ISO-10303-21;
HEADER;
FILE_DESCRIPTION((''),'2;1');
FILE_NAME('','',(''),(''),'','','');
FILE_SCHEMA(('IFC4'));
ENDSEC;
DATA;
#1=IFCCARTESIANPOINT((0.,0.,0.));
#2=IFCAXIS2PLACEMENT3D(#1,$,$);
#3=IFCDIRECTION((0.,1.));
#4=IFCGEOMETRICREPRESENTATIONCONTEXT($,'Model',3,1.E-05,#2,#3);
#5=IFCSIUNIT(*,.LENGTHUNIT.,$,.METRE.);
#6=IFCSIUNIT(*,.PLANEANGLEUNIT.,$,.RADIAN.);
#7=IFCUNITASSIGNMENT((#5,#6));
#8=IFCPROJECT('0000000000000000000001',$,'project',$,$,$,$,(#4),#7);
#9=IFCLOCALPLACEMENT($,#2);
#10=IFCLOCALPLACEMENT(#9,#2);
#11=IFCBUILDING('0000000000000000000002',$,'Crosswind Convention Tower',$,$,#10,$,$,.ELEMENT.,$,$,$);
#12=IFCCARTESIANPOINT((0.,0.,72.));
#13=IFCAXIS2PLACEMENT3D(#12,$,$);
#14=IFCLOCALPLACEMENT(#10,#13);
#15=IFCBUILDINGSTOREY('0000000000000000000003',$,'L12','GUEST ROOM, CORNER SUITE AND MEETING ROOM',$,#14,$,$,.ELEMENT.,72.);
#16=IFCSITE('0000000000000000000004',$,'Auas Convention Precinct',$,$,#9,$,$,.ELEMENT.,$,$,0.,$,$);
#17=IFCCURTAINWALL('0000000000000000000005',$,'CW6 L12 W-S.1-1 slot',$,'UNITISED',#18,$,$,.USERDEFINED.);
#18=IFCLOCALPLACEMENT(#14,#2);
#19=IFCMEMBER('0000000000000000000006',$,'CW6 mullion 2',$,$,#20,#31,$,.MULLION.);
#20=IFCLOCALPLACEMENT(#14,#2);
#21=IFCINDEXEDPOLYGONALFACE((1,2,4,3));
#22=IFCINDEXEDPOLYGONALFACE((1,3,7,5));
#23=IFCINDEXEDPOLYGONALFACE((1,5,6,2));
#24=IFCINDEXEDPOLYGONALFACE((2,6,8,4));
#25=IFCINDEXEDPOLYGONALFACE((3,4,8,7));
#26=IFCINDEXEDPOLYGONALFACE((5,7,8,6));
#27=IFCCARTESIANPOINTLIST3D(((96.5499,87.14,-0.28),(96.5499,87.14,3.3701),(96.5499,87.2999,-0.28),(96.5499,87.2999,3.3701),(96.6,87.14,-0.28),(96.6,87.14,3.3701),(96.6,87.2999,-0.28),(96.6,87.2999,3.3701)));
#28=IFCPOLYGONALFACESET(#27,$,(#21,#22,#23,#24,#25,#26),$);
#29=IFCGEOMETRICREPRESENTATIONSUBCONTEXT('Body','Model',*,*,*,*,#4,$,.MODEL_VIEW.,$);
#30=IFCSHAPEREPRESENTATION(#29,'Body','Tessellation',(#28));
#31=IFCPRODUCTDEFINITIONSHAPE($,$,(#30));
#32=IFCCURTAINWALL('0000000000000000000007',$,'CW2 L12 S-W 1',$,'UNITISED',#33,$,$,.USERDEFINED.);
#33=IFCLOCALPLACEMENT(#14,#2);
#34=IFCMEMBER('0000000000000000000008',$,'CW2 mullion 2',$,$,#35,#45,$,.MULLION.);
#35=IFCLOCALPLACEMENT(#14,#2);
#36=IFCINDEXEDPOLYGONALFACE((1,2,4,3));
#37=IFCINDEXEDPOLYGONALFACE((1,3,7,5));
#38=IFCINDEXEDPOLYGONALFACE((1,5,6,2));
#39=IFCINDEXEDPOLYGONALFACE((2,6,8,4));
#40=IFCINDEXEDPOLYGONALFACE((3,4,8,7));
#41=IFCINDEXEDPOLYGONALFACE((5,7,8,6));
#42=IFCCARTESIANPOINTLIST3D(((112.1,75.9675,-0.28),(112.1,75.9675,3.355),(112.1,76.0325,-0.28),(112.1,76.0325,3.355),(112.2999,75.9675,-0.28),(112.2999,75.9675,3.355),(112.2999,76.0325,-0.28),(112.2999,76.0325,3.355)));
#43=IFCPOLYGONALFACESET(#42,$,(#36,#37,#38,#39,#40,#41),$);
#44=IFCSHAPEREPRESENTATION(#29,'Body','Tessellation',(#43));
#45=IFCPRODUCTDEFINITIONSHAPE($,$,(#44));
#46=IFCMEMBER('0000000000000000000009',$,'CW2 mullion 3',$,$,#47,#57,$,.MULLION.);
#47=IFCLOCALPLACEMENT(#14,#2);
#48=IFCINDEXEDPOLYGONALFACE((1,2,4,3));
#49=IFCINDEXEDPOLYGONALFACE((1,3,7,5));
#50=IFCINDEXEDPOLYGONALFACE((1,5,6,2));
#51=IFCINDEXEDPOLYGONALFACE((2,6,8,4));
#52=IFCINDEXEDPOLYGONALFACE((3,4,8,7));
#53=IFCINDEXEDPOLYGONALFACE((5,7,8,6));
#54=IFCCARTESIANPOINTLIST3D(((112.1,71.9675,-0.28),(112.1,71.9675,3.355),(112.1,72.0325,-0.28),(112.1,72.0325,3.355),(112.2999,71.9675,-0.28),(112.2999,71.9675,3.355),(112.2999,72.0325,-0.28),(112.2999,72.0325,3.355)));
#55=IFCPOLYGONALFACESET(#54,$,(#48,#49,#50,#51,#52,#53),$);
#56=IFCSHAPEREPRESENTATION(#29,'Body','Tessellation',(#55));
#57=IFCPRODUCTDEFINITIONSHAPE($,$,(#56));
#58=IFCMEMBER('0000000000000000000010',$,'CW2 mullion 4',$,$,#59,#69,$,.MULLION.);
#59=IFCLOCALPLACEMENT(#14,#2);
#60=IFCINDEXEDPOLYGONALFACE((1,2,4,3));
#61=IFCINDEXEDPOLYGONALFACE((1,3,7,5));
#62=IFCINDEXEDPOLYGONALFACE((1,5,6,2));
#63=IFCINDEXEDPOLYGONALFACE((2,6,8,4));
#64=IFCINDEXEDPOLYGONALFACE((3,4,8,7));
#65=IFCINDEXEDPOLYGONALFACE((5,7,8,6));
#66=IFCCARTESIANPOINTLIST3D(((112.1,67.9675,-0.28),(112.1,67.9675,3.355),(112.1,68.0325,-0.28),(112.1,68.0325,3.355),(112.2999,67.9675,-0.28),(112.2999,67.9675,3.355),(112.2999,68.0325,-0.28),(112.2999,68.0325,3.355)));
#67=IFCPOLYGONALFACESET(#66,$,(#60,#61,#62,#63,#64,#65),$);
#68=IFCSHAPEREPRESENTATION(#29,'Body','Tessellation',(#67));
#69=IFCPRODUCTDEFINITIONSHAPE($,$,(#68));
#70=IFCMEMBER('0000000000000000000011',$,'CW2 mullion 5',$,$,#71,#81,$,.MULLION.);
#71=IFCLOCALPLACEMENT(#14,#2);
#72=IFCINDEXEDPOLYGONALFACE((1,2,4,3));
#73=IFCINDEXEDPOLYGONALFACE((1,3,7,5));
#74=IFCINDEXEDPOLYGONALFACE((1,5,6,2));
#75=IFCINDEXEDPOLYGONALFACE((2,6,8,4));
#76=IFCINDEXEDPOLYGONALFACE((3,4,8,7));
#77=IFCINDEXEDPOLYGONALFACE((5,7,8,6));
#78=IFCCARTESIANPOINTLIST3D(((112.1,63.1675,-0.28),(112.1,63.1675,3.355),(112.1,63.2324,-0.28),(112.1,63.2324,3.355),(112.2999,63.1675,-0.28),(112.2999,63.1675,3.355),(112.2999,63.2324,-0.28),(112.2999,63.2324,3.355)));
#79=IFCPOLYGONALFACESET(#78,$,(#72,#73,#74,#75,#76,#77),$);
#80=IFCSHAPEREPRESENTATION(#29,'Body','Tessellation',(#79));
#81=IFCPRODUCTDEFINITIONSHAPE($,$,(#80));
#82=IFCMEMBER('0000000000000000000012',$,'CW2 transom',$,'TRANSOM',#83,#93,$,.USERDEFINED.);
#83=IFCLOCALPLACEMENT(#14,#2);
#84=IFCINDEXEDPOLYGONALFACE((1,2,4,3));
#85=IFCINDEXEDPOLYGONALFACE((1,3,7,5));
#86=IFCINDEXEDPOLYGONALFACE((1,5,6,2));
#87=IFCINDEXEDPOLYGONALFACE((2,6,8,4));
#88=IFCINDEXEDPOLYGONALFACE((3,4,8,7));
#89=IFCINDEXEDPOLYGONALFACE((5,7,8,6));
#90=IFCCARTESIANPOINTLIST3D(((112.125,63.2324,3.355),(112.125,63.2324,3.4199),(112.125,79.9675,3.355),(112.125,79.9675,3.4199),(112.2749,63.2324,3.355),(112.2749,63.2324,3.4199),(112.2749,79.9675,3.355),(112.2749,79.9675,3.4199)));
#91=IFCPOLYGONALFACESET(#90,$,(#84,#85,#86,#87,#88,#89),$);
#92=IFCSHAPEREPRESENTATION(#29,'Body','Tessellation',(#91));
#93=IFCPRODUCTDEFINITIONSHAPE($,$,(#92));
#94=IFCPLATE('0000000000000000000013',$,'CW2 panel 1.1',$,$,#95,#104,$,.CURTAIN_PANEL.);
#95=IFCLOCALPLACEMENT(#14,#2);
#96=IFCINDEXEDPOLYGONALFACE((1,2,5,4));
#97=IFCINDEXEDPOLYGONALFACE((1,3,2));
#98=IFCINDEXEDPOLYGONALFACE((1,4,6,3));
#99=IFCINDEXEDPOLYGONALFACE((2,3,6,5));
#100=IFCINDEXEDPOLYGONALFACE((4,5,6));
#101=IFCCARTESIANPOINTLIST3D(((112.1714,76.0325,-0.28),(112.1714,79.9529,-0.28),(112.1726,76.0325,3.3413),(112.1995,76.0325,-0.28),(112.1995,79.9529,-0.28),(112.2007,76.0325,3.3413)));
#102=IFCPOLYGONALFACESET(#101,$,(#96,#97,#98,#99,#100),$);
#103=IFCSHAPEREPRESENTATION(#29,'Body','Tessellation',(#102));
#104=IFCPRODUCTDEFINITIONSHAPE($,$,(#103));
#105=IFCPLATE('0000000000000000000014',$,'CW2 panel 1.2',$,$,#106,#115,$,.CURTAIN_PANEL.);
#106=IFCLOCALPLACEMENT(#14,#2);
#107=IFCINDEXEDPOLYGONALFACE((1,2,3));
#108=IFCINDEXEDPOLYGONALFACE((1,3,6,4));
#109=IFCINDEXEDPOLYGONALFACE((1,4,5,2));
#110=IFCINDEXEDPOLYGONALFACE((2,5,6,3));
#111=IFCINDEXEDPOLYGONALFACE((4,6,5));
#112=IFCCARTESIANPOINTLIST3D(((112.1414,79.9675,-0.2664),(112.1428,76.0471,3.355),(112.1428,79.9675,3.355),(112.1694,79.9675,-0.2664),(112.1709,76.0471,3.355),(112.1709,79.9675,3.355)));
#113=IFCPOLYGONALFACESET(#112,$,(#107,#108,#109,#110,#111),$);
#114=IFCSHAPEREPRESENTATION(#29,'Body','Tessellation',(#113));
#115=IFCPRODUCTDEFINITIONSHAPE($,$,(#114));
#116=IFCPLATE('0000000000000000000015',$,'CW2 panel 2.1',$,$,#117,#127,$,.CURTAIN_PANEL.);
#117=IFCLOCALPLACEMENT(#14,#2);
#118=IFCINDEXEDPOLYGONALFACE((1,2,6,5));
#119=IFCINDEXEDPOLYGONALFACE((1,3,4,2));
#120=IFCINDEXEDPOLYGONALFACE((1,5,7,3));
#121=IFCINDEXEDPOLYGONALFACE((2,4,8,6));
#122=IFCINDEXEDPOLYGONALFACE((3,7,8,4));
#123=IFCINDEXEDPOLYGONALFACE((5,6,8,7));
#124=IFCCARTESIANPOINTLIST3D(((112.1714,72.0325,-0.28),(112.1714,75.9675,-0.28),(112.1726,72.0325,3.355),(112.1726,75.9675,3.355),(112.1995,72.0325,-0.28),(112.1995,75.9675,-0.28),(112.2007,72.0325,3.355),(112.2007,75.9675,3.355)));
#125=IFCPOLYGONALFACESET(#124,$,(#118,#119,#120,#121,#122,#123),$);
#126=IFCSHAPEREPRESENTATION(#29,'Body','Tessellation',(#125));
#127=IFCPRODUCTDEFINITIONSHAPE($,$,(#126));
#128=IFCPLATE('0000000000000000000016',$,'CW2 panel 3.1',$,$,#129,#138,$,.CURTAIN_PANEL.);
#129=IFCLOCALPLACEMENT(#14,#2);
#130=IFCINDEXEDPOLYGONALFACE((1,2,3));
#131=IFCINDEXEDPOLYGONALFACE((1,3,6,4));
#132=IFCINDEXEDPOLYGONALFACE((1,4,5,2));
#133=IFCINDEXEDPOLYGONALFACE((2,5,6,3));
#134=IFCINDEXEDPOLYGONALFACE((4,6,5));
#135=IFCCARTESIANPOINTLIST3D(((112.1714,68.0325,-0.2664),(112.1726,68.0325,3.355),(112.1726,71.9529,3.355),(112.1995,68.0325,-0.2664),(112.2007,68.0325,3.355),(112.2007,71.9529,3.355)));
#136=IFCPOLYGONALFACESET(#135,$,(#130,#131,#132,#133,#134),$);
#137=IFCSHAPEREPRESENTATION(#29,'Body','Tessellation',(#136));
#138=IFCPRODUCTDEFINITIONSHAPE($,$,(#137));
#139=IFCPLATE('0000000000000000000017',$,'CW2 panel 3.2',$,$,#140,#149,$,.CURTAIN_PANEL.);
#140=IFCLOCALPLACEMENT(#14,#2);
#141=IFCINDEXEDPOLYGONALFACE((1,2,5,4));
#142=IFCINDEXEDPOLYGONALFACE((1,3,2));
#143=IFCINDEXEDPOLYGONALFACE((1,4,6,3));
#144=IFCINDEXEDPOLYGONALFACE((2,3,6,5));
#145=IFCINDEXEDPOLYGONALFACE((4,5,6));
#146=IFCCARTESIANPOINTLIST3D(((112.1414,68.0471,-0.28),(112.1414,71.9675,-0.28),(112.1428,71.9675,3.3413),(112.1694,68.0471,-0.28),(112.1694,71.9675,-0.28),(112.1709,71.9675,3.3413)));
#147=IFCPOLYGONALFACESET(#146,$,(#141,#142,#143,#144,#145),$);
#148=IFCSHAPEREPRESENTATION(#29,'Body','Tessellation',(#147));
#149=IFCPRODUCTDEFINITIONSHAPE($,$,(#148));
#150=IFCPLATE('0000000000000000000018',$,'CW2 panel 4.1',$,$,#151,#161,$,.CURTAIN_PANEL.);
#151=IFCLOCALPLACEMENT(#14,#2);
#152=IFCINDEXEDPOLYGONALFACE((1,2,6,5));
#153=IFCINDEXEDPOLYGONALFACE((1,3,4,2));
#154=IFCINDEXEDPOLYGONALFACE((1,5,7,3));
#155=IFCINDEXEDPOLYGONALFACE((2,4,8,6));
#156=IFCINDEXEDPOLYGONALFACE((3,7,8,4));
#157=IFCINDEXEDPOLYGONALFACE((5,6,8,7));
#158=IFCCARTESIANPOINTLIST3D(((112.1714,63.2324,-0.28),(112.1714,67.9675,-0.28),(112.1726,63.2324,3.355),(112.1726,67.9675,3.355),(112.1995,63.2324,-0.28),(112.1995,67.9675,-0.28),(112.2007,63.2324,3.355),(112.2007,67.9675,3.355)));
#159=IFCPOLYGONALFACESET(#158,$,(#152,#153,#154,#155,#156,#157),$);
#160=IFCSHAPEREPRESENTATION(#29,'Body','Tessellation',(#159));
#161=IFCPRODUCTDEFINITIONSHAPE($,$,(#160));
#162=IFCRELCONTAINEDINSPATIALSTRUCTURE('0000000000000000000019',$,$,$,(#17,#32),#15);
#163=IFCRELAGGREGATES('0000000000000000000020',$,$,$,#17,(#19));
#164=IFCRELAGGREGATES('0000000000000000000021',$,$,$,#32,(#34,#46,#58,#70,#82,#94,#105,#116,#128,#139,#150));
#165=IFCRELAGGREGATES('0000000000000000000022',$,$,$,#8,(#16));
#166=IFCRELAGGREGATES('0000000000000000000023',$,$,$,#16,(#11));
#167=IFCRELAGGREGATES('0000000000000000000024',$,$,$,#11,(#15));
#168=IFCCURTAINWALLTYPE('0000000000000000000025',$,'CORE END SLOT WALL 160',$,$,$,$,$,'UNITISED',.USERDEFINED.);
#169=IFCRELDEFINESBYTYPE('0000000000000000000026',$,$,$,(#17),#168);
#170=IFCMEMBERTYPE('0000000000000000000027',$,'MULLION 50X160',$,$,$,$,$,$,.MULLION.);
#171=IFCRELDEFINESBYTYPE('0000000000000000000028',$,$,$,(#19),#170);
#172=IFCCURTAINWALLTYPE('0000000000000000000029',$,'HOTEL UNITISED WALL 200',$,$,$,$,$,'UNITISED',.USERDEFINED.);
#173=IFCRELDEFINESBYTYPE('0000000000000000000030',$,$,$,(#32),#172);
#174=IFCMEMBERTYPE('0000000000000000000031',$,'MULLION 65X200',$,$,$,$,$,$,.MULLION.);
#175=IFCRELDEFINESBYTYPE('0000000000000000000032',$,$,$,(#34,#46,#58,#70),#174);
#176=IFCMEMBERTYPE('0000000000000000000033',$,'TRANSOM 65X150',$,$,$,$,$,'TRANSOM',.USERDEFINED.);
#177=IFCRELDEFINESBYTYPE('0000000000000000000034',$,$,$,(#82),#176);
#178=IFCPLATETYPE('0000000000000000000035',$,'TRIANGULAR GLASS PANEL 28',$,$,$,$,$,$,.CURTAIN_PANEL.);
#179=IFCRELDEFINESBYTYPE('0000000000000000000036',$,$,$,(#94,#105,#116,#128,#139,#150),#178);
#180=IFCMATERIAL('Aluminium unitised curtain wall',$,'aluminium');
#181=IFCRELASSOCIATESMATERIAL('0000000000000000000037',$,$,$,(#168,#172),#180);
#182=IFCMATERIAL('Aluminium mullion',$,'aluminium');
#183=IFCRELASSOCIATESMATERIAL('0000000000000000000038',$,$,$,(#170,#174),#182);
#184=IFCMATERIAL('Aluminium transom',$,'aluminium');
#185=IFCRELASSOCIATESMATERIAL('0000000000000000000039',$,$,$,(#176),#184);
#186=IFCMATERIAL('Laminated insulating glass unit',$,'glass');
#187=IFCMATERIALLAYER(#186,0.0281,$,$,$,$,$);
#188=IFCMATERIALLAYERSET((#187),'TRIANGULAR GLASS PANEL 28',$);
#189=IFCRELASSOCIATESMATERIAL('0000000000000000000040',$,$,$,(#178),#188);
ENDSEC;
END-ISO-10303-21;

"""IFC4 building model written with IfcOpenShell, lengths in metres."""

from ifc_helpers import new_model, si_unit, direction, frame, origin, origin_2d, place, context, subcontext, project, spatial, polyline, rectangle, outline, extrude, material, layer, layer_set, material_profile, profile_set, type_object, element, aggregate, save


model = new_model("IFC4")

# Units and contexts
model_context = context("Model", 3, precision=1e-05, world=origin(), true_north=direction((0.0, 1.0)))
body_context = subcontext(model_context, "Body", "Model", "MODEL_VIEW")
ifc_project = project(units=[si_unit("LENGTHUNIT", "METRE"), si_unit("PLANEANGLEUNIT", "RADIAN")], contexts=[model_context])

# Site, building, storey
site_placement = place(None, origin())
site = spatial("IfcSite", under=ifc_project, at=site_placement, Name="Auas Convention Precinct", CompositionType="ELEMENT", RefElevation=0.0)
building_placement = place(site_placement, origin())
building = spatial("IfcBuilding", under=site, at=building_placement, Name="Crosswind Convention Tower", CompositionType="ELEMENT")
storey_placement = place(building_placement, frame((0.0, 0.0, 72.0)))
storey = spatial("IfcBuildingStorey", under=building, at=storey_placement, Name="L12", Description="GUEST ROOM, CORNER SUITE AND MEETING ROOM", CompositionType="ELEMENT", Elevation=72.0)

# Curtain wall, member
ifc_material_1 = material(Name="Aluminium unitised curtain wall", Category="aluminium")
curtain_wall_type_1 = type_object("IfcCurtainWallType", Name="CORE END SLOT WALL 160", ElementType="UNITISED", PredefinedType="USERDEFINED", material=ifc_material_1)
curtain_wall_1_placement = place(storey_placement, origin())
curtain_wall_1 = element("IfcCurtainWall", 1, at=curtain_wall_1_placement, inside=storey, type_object=curtain_wall_type_1, Name="CW6 L12 W-S.1-1 slot", ObjectType="UNITISED", PredefinedType="USERDEFINED")
ifc_material_2 = material(Name="Aluminium mullion", Category="aluminium")
ifc_material_profile_1 = material_profile(ifc_material_2, rectangle(XDim=0.1599, YDim=0.05, at=origin_2d()), Name="AL 160X50")
ifc_profile_set_1 = profile_set([ifc_material_profile_1], Name="Aluminium mullion")
member_type_1 = type_object("IfcMemberType", Name="MULLION 50X160", PredefinedType="MULLION", material=ifc_profile_set_1)
member_1_placement = place(storey_placement, frame((96.575, 87.22, -0.28), z_axis=(0.0, 0.0, 1.0), x_axis=(0.0, -1.0, 0.0)))
member_1 = element("IfcMember", 2, at=member_1_placement, type_object=member_type_1, Name="CW6 mullion 2", PredefinedType="MULLION", context=body_context, shape_type="SweptSolid", body=[
    extrude(rectangle(XDim=0.1599, YDim=0.05, at=origin_2d()), origin(), (0.0, 0.0, 1.0), 3.6501),
])
aggregate(curtain_wall_1, [member_1])

# Curtain wall, members, plates
curtain_wall_type_2 = type_object("IfcCurtainWallType", Name="HOTEL UNITISED WALL 200", ElementType="UNITISED", PredefinedType="USERDEFINED", material=ifc_material_1)
curtain_wall_2_placement = place(storey_placement, origin())
curtain_wall_2 = element("IfcCurtainWall", 3, at=curtain_wall_2_placement, inside=storey, type_object=curtain_wall_type_2, Name="CW2 L12 S-W 1", ObjectType="UNITISED", PredefinedType="USERDEFINED")
ifc_material_profile_2 = material_profile(ifc_material_2, rectangle(XDim=0.2, YDim=0.0649, at=origin_2d()), Name="AL 200X65")
ifc_profile_set_2 = profile_set([ifc_material_profile_2], Name="Aluminium mullion")
member_type_2 = type_object("IfcMemberType", Name="MULLION 65X200", PredefinedType="MULLION", material=ifc_profile_set_2)
member_2_placement = place(storey_placement, frame((112.2, 76.0, -0.28), z_axis=(0.0, 0.0, 1.0), x_axis=(-1.0, 0.0, 0.0)))
member_2 = element("IfcMember", 4, at=member_2_placement, type_object=member_type_2, Name="CW2 mullion 2", PredefinedType="MULLION", context=body_context, shape_type="SweptSolid", body=[
    extrude(rectangle(XDim=0.2, YDim=0.0649, at=origin_2d()), origin(), (0.0, 0.0, 1.0), 3.635),
])
member_3_placement = place(storey_placement, frame((112.2, 72.0, -0.28), z_axis=(0.0, 0.0, 1.0), x_axis=(-1.0, 0.0, 0.0)))
member_3 = element("IfcMember", 5, at=member_3_placement, type_object=member_type_2, Name="CW2 mullion 3", PredefinedType="MULLION", context=body_context, shape_type="SweptSolid", body=[
    extrude(rectangle(XDim=0.2, YDim=0.0649, at=origin_2d()), origin(), (0.0, 0.0, 1.0), 3.635),
])
member_4_placement = place(storey_placement, frame((112.2, 68.0, -0.28), z_axis=(0.0, 0.0, 1.0), x_axis=(-1.0, 0.0, 0.0)))
member_4 = element("IfcMember", 6, at=member_4_placement, type_object=member_type_2, Name="CW2 mullion 4", PredefinedType="MULLION", context=body_context, shape_type="SweptSolid", body=[
    extrude(rectangle(XDim=0.2, YDim=0.0649, at=origin_2d()), origin(), (0.0, 0.0, 1.0), 3.635),
])
member_5_placement = place(storey_placement, frame((112.2, 63.2, -0.28), z_axis=(0.0, 0.0, 1.0), x_axis=(-1.0, 0.0, 0.0)))
member_5 = element("IfcMember", 7, at=member_5_placement, type_object=member_type_2, Name="CW2 mullion 5", PredefinedType="MULLION", context=body_context, shape_type="SweptSolid", body=[
    extrude(rectangle(XDim=0.2, YDim=0.0649, at=origin_2d()), origin(), (0.0, 0.0, 1.0), 3.635),
])
ifc_material_3 = material(Name="Aluminium transom", Category="aluminium")
ifc_material_profile_3 = material_profile(ifc_material_3, rectangle(XDim=0.1499, YDim=0.0649, at=origin_2d()), Name="AL 150X65")
ifc_profile_set_3 = profile_set([ifc_material_profile_3], Name="Aluminium transom")
member_type_3 = type_object("IfcMemberType", Name="TRANSOM 65X150", ElementType="TRANSOM", PredefinedType="USERDEFINED", material=ifc_profile_set_3)
member_6_placement = place(storey_placement, frame((112.2, 79.9675, 3.3875), z_axis=(0.0, -1.0, 0.0), x_axis=(1.0, 0.0, 0.0)))
member_6 = element("IfcMember", 8, at=member_6_placement, type_object=member_type_3, Name="CW2 transom", ObjectType="TRANSOM", PredefinedType="USERDEFINED", context=body_context, shape_type="SweptSolid", body=[
    extrude(rectangle(XDim=0.1499, YDim=0.0649, at=origin_2d()), origin(), (0.0, 0.0, 1.0), 16.7351),
])
ifc_material_4 = material(Name="Laminated insulating glass unit", Category="glass")
ifc_layer_1 = layer(ifc_material_4, 0.0281)
ifc_layer_set_1 = layer_set([ifc_layer_1], Name="TRIANGULAR GLASS PANEL 28")
plate_type = type_object("IfcPlateType", Name="TRIANGULAR GLASS PANEL 28", PredefinedType="CURTAIN_PANEL", material=ifc_layer_set_1)
plate_1_placement = place(storey_placement, frame((112.1714, 76.0325, -0.28), z_axis=(-1.0, 0.0, 0.000337), x_axis=(0.000337, 0.0, 1.0)))
plate_1 = element("IfcPlate", 9, at=plate_1_placement, type_object=plate_type, Name="CW2 panel 1.1", PredefinedType="CURTAIN_PANEL", context=body_context, shape_type="SweptSolid", body=[
    extrude(outline(polyline([(0.0, 0.0), (3.6213, 0.0), (0.0, 3.9204), (0.0, 0.0)])), origin(), (0.0, 0.0, -1.0), 0.0281),
])
plate_2_placement = place(storey_placement, frame((112.1428, 79.9675, 3.355), z_axis=(-1.0, 0.0, 0.000405), x_axis=(-0.000405, 0.0, -1.0)))
plate_2 = element("IfcPlate", 10, at=plate_2_placement, type_object=plate_type, Name="CW2 panel 1.2", PredefinedType="CURTAIN_PANEL", context=body_context, shape_type="SweptSolid", body=[
    extrude(outline(polyline([(0.0, 0.0), (3.6213, 0.0), (0.0, 3.9204), (0.0, 0.0)])), origin(), (0.0, 0.0, -1.0), 0.0281),
])
plate_3_placement = place(storey_placement, frame((112.1714, 75.9675, -0.28), z_axis=(-1.0, 0.0, 0.000336), x_axis=(0.0, -1.0, 0.0)))
plate_3 = element("IfcPlate", 11, at=plate_3_placement, type_object=plate_type, Name="CW2 panel 2.1", PredefinedType="CURTAIN_PANEL", context=body_context, shape_type="SweptSolid", body=[
    extrude(outline(polyline([(0.0, 0.0), (3.9351, 0.0), (3.9351, 3.635), (0.0, 3.635), (0.0, 0.0)])), origin(), (0.0, 0.0, -1.0), 0.0281),
])
plate_4_placement = place(storey_placement, frame((112.1726, 68.0325, 3.355), z_axis=(-1.0, 0.0, 0.000337), x_axis=(0.0, 1.0, 0.0)))
plate_4 = element("IfcPlate", 12, at=plate_4_placement, type_object=plate_type, Name="CW2 panel 3.1", PredefinedType="CURTAIN_PANEL", context=body_context, shape_type="SweptSolid", body=[
    extrude(outline(polyline([(0.0, 0.0), (3.9204, 0.0), (0.0, 3.6213), (0.0, 0.0)])), origin(), (0.0, 0.0, -1.0), 0.0281),
])
plate_5_placement = place(storey_placement, frame((112.1414, 71.9675, -0.28), z_axis=(-1.0, 0.0, 0.000405), x_axis=(0.0, -1.0, 0.0)))
plate_5 = element("IfcPlate", 13, at=plate_5_placement, type_object=plate_type, Name="CW2 panel 3.2", PredefinedType="CURTAIN_PANEL", context=body_context, shape_type="SweptSolid", body=[
    extrude(outline(polyline([(0.0, 0.0), (3.9204, 0.0), (0.0, 3.6213), (0.0, 0.0)])), origin(), (0.0, 0.0, -1.0), 0.0281),
])
plate_6_placement = place(storey_placement, frame((112.1714, 67.9675, -0.28), z_axis=(-1.0, 0.0, 0.000336), x_axis=(0.0, -1.0, 0.0)))
plate_6 = element("IfcPlate", 14, at=plate_6_placement, type_object=plate_type, Name="CW2 panel 4.1", PredefinedType="CURTAIN_PANEL", context=body_context, shape_type="SweptSolid", body=[
    extrude(outline(polyline([(0.0, 0.0), (4.7351, 0.0), (4.7351, 3.635), (0.0, 3.635), (0.0, 0.0)])), origin(), (0.0, 0.0, -1.0), 0.0281),
])

aggregate(curtain_wall_2, [member_2, member_3, member_4, member_5, member_6, plate_1, plate_2, plate_3, plate_4, plate_5, plate_6])

save(model, "model.ifc")
